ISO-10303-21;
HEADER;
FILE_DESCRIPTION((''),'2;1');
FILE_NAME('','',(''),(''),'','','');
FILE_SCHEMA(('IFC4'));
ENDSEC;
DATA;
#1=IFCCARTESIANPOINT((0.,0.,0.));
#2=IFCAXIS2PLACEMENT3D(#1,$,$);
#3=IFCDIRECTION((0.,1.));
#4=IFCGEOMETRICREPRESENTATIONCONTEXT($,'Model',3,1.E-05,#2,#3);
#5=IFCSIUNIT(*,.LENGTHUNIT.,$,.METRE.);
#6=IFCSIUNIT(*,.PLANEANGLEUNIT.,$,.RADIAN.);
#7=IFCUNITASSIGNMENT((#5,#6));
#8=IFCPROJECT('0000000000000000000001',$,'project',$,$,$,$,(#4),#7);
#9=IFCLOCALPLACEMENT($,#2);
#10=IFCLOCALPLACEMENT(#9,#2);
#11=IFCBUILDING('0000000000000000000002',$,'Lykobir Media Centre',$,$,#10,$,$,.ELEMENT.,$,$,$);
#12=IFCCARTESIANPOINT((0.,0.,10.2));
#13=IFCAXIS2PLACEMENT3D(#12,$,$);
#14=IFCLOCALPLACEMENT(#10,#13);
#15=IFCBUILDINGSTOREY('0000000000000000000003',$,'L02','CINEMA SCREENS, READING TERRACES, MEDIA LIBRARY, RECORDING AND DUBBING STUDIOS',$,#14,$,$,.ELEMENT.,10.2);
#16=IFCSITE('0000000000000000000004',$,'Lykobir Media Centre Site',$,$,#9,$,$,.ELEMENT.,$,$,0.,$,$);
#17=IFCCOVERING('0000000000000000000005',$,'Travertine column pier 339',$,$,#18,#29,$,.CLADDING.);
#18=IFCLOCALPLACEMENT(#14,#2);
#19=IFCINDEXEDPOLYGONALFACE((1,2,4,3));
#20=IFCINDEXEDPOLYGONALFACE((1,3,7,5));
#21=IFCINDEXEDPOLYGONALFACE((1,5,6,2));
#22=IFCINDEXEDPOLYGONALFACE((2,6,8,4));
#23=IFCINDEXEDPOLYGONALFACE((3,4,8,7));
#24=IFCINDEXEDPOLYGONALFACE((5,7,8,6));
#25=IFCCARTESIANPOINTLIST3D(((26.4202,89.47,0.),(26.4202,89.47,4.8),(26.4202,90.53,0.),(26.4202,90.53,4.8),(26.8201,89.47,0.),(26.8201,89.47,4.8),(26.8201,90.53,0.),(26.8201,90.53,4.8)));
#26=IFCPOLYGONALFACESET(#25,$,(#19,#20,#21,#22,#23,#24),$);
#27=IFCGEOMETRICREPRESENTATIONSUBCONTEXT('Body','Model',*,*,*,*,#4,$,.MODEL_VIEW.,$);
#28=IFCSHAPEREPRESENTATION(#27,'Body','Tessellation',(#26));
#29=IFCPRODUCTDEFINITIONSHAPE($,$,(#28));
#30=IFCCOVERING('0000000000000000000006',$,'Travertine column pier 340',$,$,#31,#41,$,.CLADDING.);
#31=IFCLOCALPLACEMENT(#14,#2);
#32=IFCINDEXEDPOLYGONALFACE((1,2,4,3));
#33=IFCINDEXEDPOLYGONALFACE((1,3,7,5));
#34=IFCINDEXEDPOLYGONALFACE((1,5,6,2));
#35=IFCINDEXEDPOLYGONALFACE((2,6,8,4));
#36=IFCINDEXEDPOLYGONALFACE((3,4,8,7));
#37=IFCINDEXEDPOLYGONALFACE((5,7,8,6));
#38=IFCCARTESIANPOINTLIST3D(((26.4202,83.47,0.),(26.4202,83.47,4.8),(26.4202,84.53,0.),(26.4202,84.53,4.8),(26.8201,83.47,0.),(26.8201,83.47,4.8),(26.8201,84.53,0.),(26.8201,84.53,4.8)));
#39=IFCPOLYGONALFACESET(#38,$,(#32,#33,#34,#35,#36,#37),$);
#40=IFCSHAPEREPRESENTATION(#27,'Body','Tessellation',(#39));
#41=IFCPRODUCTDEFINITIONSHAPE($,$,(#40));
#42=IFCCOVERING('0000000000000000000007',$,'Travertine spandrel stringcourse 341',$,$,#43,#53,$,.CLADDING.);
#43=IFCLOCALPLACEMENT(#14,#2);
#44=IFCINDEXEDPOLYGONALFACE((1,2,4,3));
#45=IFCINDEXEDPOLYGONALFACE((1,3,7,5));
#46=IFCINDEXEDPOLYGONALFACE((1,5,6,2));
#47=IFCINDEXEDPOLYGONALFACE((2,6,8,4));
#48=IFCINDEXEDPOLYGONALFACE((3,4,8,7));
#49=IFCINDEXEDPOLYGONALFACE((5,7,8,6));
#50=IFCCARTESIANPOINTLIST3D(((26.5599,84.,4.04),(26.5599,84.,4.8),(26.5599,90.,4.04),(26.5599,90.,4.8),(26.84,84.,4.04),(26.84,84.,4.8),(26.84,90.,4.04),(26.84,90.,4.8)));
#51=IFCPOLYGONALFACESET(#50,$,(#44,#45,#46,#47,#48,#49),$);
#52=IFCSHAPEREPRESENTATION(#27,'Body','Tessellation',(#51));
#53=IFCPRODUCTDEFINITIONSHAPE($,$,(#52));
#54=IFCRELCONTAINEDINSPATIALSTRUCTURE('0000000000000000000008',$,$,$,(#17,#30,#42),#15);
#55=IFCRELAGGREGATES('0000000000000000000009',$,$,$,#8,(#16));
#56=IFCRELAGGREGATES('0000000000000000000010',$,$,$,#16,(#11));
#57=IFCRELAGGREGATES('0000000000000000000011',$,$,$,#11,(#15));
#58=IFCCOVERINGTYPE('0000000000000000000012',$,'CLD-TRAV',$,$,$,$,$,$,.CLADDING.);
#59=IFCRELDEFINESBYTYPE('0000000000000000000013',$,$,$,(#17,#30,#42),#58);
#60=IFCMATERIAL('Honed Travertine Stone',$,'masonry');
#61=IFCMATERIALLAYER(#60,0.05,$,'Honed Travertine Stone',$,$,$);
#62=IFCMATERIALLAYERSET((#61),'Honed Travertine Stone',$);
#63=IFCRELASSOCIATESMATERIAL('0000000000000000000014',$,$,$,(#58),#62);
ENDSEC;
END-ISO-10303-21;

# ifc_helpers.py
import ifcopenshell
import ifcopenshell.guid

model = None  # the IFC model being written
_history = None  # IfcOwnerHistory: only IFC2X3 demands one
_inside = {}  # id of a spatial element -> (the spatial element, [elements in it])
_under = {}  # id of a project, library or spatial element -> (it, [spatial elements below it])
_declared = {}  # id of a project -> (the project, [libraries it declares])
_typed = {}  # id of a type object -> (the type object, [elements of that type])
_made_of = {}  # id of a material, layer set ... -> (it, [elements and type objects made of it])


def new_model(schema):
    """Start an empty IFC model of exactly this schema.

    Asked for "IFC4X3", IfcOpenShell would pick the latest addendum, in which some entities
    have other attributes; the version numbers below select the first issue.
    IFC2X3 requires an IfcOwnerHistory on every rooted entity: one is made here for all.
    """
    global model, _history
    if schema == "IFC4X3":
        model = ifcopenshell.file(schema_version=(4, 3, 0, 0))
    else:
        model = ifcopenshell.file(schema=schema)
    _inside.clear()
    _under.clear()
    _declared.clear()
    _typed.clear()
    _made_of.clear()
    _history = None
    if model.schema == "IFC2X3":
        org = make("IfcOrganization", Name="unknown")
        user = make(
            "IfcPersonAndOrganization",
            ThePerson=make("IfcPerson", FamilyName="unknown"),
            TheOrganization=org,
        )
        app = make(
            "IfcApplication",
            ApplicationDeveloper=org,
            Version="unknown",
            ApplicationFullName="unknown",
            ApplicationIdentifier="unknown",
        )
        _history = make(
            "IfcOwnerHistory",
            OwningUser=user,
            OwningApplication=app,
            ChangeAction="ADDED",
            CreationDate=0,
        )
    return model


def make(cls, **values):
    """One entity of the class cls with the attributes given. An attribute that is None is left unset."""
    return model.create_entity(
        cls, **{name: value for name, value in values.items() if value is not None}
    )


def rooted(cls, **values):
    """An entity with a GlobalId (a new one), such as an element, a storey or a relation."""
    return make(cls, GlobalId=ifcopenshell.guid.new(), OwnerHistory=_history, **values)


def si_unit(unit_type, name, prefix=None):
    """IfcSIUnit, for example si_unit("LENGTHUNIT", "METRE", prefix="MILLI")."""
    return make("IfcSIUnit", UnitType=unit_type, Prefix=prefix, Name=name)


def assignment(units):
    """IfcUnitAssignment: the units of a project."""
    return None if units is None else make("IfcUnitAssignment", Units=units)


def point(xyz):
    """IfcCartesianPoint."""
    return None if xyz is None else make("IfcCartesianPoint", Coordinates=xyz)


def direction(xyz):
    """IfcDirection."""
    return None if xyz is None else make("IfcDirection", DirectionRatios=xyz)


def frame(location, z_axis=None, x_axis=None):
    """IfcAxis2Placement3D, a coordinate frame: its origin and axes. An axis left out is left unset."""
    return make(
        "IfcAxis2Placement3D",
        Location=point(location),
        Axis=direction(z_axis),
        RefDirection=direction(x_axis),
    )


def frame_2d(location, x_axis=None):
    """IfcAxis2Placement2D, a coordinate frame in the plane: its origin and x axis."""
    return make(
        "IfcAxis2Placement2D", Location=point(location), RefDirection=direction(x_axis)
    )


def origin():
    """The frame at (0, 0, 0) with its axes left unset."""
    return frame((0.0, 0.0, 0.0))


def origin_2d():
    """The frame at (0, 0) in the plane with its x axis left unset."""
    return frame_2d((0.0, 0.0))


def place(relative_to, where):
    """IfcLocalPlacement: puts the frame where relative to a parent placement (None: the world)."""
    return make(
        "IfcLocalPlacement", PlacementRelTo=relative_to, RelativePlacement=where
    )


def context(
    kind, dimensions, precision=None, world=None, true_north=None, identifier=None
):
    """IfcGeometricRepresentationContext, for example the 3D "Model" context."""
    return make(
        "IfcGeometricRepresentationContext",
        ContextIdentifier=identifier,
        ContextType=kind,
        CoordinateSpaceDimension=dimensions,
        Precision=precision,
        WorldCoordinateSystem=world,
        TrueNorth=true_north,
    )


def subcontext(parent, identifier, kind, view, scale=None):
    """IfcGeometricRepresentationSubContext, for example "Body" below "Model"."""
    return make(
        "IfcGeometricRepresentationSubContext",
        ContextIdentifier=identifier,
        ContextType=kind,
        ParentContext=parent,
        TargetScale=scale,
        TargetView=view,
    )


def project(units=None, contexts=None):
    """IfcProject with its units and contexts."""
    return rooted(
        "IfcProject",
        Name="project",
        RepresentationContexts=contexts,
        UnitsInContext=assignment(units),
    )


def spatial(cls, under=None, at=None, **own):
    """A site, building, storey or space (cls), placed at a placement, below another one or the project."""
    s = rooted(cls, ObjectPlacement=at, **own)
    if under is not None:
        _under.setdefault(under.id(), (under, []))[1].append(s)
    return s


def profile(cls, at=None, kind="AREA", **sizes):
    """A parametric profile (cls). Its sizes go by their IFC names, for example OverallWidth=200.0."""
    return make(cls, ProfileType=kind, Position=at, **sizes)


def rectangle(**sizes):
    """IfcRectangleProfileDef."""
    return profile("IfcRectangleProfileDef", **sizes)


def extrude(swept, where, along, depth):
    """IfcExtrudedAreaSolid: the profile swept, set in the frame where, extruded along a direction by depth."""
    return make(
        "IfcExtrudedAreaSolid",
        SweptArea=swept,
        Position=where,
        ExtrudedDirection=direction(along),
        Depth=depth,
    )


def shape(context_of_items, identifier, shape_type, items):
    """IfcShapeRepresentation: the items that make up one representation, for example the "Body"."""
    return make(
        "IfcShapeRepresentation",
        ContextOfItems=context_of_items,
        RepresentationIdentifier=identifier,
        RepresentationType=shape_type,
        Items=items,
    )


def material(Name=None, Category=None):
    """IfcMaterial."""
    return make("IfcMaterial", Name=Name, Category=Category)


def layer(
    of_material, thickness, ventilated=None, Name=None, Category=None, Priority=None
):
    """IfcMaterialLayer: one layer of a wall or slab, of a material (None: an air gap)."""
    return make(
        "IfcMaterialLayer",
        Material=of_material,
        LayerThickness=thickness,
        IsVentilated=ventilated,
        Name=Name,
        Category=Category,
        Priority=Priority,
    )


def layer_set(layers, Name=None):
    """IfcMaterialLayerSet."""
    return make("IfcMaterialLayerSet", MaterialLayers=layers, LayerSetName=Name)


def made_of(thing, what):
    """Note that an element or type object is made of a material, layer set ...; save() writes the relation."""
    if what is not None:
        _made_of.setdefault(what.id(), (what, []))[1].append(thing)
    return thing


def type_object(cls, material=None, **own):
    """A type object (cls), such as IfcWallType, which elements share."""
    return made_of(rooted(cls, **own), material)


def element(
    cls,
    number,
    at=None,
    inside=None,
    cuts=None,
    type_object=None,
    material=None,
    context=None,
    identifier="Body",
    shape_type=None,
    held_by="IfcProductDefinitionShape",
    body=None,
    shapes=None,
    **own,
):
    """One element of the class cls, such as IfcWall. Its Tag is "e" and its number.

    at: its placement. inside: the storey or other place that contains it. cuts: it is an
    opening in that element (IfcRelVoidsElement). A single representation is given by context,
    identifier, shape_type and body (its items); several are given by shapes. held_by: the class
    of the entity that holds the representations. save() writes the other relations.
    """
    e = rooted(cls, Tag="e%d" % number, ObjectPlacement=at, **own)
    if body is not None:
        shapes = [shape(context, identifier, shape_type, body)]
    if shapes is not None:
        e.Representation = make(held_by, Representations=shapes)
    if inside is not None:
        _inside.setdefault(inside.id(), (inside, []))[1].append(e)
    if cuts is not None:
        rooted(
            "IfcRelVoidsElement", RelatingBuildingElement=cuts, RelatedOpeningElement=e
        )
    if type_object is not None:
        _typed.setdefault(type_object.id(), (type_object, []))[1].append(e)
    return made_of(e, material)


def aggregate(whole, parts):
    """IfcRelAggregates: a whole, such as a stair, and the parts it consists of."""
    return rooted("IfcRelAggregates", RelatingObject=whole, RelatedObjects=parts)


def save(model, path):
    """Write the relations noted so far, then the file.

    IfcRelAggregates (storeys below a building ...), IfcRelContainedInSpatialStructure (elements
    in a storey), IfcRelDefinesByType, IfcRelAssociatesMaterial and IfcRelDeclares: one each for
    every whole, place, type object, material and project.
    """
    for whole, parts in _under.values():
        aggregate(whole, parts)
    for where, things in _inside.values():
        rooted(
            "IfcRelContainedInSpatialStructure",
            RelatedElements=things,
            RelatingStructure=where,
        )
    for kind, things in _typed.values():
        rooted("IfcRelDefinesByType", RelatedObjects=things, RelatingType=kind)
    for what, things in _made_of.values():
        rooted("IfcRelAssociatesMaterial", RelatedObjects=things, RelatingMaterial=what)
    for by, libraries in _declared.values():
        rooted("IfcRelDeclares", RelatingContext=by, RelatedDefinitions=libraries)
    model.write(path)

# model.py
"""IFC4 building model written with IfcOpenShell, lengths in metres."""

from ifc_helpers import new_model, si_unit, direction, frame, origin, origin_2d, place, context, subcontext, project, spatial, rectangle, extrude, material, layer, layer_set, type_object, element, save


model = new_model("IFC4")

# Units and contexts
model_context = context("Model", 3, precision=1e-05, world=origin(), true_north=direction((0.0, 1.0)))
body_context = subcontext(model_context, "Body", "Model", "MODEL_VIEW")
ifc_project = project(units=[si_unit("LENGTHUNIT", "METRE"), si_unit("PLANEANGLEUNIT", "RADIAN")], contexts=[model_context])

# Site, building, storey
site_placement = place(None, origin())
site = spatial("IfcSite", under=ifc_project, at=site_placement, Name="Lykobir Media Centre Site", CompositionType="ELEMENT", RefElevation=0.0)
building_placement = place(site_placement, origin())
building = spatial("IfcBuilding", under=site, at=building_placement, Name="Lykobir Media Centre", CompositionType="ELEMENT")
storey_placement = place(building_placement, frame((0.0, 0.0, 10.2)))
storey = spatial("IfcBuildingStorey", under=building, at=storey_placement, Name="L02", Description="CINEMA SCREENS, READING TERRACES, MEDIA LIBRARY, RECORDING AND DUBBING STUDIOS", CompositionType="ELEMENT", Elevation=10.2)

# Coverings
ifc_material_1 = material(Name="Honed Travertine Stone", Category="masonry")
ifc_layer_1 = layer(ifc_material_1, 0.05, Name="Honed Travertine Stone")
ifc_layer_set_1 = layer_set([ifc_layer_1], Name="Honed Travertine Stone")
covering_type_1 = type_object("IfcCoveringType", Name="CLD-TRAV", PredefinedType="CLADDING", material=ifc_layer_set_1)
for number, where, z_axis, x_axis, name in (
    (1, (26.6201, 90.0, 0.0), (0.0, 0.0, 1.0), (0.0, -1.0, 0.0), "Travertine column pier 339"),
    (2, (26.6201, 84.0, 0.0), (0.0, 0.0, 1.0), (0.0, -1.0, 0.0), "Travertine column pier 340"),
):
    element("IfcCovering", number, at=place(storey_placement, frame(where, z_axis=z_axis, x_axis=x_axis)), inside=storey, type_object=covering_type_1, Name=name, PredefinedType="CLADDING", context=body_context, shape_type="SweptSolid", body=[
        extrude(rectangle(XDim=1.0601, YDim=0.3999, at=origin_2d()), origin(), (0.0, 0.0, 1.0), 4.8),
    ])
covering_1_placement = place(storey_placement, frame((26.7, 87.0, 4.04), z_axis=(0.0, 0.0, 1.0), x_axis=(0.0, -1.0, 0.0)))
element("IfcCovering", 3, at=covering_1_placement, inside=storey, type_object=covering_type_1, Name="Travertine spandrel stringcourse 341", PredefinedType="CLADDING", context=body_context, shape_type="SweptSolid", body=[
    extrude(rectangle(XDim=6.0, YDim=0.28, at=origin_2d()), origin(), (0.0, 0.0, 1.0), 0.76),
])

save(model, "model.ifc")
